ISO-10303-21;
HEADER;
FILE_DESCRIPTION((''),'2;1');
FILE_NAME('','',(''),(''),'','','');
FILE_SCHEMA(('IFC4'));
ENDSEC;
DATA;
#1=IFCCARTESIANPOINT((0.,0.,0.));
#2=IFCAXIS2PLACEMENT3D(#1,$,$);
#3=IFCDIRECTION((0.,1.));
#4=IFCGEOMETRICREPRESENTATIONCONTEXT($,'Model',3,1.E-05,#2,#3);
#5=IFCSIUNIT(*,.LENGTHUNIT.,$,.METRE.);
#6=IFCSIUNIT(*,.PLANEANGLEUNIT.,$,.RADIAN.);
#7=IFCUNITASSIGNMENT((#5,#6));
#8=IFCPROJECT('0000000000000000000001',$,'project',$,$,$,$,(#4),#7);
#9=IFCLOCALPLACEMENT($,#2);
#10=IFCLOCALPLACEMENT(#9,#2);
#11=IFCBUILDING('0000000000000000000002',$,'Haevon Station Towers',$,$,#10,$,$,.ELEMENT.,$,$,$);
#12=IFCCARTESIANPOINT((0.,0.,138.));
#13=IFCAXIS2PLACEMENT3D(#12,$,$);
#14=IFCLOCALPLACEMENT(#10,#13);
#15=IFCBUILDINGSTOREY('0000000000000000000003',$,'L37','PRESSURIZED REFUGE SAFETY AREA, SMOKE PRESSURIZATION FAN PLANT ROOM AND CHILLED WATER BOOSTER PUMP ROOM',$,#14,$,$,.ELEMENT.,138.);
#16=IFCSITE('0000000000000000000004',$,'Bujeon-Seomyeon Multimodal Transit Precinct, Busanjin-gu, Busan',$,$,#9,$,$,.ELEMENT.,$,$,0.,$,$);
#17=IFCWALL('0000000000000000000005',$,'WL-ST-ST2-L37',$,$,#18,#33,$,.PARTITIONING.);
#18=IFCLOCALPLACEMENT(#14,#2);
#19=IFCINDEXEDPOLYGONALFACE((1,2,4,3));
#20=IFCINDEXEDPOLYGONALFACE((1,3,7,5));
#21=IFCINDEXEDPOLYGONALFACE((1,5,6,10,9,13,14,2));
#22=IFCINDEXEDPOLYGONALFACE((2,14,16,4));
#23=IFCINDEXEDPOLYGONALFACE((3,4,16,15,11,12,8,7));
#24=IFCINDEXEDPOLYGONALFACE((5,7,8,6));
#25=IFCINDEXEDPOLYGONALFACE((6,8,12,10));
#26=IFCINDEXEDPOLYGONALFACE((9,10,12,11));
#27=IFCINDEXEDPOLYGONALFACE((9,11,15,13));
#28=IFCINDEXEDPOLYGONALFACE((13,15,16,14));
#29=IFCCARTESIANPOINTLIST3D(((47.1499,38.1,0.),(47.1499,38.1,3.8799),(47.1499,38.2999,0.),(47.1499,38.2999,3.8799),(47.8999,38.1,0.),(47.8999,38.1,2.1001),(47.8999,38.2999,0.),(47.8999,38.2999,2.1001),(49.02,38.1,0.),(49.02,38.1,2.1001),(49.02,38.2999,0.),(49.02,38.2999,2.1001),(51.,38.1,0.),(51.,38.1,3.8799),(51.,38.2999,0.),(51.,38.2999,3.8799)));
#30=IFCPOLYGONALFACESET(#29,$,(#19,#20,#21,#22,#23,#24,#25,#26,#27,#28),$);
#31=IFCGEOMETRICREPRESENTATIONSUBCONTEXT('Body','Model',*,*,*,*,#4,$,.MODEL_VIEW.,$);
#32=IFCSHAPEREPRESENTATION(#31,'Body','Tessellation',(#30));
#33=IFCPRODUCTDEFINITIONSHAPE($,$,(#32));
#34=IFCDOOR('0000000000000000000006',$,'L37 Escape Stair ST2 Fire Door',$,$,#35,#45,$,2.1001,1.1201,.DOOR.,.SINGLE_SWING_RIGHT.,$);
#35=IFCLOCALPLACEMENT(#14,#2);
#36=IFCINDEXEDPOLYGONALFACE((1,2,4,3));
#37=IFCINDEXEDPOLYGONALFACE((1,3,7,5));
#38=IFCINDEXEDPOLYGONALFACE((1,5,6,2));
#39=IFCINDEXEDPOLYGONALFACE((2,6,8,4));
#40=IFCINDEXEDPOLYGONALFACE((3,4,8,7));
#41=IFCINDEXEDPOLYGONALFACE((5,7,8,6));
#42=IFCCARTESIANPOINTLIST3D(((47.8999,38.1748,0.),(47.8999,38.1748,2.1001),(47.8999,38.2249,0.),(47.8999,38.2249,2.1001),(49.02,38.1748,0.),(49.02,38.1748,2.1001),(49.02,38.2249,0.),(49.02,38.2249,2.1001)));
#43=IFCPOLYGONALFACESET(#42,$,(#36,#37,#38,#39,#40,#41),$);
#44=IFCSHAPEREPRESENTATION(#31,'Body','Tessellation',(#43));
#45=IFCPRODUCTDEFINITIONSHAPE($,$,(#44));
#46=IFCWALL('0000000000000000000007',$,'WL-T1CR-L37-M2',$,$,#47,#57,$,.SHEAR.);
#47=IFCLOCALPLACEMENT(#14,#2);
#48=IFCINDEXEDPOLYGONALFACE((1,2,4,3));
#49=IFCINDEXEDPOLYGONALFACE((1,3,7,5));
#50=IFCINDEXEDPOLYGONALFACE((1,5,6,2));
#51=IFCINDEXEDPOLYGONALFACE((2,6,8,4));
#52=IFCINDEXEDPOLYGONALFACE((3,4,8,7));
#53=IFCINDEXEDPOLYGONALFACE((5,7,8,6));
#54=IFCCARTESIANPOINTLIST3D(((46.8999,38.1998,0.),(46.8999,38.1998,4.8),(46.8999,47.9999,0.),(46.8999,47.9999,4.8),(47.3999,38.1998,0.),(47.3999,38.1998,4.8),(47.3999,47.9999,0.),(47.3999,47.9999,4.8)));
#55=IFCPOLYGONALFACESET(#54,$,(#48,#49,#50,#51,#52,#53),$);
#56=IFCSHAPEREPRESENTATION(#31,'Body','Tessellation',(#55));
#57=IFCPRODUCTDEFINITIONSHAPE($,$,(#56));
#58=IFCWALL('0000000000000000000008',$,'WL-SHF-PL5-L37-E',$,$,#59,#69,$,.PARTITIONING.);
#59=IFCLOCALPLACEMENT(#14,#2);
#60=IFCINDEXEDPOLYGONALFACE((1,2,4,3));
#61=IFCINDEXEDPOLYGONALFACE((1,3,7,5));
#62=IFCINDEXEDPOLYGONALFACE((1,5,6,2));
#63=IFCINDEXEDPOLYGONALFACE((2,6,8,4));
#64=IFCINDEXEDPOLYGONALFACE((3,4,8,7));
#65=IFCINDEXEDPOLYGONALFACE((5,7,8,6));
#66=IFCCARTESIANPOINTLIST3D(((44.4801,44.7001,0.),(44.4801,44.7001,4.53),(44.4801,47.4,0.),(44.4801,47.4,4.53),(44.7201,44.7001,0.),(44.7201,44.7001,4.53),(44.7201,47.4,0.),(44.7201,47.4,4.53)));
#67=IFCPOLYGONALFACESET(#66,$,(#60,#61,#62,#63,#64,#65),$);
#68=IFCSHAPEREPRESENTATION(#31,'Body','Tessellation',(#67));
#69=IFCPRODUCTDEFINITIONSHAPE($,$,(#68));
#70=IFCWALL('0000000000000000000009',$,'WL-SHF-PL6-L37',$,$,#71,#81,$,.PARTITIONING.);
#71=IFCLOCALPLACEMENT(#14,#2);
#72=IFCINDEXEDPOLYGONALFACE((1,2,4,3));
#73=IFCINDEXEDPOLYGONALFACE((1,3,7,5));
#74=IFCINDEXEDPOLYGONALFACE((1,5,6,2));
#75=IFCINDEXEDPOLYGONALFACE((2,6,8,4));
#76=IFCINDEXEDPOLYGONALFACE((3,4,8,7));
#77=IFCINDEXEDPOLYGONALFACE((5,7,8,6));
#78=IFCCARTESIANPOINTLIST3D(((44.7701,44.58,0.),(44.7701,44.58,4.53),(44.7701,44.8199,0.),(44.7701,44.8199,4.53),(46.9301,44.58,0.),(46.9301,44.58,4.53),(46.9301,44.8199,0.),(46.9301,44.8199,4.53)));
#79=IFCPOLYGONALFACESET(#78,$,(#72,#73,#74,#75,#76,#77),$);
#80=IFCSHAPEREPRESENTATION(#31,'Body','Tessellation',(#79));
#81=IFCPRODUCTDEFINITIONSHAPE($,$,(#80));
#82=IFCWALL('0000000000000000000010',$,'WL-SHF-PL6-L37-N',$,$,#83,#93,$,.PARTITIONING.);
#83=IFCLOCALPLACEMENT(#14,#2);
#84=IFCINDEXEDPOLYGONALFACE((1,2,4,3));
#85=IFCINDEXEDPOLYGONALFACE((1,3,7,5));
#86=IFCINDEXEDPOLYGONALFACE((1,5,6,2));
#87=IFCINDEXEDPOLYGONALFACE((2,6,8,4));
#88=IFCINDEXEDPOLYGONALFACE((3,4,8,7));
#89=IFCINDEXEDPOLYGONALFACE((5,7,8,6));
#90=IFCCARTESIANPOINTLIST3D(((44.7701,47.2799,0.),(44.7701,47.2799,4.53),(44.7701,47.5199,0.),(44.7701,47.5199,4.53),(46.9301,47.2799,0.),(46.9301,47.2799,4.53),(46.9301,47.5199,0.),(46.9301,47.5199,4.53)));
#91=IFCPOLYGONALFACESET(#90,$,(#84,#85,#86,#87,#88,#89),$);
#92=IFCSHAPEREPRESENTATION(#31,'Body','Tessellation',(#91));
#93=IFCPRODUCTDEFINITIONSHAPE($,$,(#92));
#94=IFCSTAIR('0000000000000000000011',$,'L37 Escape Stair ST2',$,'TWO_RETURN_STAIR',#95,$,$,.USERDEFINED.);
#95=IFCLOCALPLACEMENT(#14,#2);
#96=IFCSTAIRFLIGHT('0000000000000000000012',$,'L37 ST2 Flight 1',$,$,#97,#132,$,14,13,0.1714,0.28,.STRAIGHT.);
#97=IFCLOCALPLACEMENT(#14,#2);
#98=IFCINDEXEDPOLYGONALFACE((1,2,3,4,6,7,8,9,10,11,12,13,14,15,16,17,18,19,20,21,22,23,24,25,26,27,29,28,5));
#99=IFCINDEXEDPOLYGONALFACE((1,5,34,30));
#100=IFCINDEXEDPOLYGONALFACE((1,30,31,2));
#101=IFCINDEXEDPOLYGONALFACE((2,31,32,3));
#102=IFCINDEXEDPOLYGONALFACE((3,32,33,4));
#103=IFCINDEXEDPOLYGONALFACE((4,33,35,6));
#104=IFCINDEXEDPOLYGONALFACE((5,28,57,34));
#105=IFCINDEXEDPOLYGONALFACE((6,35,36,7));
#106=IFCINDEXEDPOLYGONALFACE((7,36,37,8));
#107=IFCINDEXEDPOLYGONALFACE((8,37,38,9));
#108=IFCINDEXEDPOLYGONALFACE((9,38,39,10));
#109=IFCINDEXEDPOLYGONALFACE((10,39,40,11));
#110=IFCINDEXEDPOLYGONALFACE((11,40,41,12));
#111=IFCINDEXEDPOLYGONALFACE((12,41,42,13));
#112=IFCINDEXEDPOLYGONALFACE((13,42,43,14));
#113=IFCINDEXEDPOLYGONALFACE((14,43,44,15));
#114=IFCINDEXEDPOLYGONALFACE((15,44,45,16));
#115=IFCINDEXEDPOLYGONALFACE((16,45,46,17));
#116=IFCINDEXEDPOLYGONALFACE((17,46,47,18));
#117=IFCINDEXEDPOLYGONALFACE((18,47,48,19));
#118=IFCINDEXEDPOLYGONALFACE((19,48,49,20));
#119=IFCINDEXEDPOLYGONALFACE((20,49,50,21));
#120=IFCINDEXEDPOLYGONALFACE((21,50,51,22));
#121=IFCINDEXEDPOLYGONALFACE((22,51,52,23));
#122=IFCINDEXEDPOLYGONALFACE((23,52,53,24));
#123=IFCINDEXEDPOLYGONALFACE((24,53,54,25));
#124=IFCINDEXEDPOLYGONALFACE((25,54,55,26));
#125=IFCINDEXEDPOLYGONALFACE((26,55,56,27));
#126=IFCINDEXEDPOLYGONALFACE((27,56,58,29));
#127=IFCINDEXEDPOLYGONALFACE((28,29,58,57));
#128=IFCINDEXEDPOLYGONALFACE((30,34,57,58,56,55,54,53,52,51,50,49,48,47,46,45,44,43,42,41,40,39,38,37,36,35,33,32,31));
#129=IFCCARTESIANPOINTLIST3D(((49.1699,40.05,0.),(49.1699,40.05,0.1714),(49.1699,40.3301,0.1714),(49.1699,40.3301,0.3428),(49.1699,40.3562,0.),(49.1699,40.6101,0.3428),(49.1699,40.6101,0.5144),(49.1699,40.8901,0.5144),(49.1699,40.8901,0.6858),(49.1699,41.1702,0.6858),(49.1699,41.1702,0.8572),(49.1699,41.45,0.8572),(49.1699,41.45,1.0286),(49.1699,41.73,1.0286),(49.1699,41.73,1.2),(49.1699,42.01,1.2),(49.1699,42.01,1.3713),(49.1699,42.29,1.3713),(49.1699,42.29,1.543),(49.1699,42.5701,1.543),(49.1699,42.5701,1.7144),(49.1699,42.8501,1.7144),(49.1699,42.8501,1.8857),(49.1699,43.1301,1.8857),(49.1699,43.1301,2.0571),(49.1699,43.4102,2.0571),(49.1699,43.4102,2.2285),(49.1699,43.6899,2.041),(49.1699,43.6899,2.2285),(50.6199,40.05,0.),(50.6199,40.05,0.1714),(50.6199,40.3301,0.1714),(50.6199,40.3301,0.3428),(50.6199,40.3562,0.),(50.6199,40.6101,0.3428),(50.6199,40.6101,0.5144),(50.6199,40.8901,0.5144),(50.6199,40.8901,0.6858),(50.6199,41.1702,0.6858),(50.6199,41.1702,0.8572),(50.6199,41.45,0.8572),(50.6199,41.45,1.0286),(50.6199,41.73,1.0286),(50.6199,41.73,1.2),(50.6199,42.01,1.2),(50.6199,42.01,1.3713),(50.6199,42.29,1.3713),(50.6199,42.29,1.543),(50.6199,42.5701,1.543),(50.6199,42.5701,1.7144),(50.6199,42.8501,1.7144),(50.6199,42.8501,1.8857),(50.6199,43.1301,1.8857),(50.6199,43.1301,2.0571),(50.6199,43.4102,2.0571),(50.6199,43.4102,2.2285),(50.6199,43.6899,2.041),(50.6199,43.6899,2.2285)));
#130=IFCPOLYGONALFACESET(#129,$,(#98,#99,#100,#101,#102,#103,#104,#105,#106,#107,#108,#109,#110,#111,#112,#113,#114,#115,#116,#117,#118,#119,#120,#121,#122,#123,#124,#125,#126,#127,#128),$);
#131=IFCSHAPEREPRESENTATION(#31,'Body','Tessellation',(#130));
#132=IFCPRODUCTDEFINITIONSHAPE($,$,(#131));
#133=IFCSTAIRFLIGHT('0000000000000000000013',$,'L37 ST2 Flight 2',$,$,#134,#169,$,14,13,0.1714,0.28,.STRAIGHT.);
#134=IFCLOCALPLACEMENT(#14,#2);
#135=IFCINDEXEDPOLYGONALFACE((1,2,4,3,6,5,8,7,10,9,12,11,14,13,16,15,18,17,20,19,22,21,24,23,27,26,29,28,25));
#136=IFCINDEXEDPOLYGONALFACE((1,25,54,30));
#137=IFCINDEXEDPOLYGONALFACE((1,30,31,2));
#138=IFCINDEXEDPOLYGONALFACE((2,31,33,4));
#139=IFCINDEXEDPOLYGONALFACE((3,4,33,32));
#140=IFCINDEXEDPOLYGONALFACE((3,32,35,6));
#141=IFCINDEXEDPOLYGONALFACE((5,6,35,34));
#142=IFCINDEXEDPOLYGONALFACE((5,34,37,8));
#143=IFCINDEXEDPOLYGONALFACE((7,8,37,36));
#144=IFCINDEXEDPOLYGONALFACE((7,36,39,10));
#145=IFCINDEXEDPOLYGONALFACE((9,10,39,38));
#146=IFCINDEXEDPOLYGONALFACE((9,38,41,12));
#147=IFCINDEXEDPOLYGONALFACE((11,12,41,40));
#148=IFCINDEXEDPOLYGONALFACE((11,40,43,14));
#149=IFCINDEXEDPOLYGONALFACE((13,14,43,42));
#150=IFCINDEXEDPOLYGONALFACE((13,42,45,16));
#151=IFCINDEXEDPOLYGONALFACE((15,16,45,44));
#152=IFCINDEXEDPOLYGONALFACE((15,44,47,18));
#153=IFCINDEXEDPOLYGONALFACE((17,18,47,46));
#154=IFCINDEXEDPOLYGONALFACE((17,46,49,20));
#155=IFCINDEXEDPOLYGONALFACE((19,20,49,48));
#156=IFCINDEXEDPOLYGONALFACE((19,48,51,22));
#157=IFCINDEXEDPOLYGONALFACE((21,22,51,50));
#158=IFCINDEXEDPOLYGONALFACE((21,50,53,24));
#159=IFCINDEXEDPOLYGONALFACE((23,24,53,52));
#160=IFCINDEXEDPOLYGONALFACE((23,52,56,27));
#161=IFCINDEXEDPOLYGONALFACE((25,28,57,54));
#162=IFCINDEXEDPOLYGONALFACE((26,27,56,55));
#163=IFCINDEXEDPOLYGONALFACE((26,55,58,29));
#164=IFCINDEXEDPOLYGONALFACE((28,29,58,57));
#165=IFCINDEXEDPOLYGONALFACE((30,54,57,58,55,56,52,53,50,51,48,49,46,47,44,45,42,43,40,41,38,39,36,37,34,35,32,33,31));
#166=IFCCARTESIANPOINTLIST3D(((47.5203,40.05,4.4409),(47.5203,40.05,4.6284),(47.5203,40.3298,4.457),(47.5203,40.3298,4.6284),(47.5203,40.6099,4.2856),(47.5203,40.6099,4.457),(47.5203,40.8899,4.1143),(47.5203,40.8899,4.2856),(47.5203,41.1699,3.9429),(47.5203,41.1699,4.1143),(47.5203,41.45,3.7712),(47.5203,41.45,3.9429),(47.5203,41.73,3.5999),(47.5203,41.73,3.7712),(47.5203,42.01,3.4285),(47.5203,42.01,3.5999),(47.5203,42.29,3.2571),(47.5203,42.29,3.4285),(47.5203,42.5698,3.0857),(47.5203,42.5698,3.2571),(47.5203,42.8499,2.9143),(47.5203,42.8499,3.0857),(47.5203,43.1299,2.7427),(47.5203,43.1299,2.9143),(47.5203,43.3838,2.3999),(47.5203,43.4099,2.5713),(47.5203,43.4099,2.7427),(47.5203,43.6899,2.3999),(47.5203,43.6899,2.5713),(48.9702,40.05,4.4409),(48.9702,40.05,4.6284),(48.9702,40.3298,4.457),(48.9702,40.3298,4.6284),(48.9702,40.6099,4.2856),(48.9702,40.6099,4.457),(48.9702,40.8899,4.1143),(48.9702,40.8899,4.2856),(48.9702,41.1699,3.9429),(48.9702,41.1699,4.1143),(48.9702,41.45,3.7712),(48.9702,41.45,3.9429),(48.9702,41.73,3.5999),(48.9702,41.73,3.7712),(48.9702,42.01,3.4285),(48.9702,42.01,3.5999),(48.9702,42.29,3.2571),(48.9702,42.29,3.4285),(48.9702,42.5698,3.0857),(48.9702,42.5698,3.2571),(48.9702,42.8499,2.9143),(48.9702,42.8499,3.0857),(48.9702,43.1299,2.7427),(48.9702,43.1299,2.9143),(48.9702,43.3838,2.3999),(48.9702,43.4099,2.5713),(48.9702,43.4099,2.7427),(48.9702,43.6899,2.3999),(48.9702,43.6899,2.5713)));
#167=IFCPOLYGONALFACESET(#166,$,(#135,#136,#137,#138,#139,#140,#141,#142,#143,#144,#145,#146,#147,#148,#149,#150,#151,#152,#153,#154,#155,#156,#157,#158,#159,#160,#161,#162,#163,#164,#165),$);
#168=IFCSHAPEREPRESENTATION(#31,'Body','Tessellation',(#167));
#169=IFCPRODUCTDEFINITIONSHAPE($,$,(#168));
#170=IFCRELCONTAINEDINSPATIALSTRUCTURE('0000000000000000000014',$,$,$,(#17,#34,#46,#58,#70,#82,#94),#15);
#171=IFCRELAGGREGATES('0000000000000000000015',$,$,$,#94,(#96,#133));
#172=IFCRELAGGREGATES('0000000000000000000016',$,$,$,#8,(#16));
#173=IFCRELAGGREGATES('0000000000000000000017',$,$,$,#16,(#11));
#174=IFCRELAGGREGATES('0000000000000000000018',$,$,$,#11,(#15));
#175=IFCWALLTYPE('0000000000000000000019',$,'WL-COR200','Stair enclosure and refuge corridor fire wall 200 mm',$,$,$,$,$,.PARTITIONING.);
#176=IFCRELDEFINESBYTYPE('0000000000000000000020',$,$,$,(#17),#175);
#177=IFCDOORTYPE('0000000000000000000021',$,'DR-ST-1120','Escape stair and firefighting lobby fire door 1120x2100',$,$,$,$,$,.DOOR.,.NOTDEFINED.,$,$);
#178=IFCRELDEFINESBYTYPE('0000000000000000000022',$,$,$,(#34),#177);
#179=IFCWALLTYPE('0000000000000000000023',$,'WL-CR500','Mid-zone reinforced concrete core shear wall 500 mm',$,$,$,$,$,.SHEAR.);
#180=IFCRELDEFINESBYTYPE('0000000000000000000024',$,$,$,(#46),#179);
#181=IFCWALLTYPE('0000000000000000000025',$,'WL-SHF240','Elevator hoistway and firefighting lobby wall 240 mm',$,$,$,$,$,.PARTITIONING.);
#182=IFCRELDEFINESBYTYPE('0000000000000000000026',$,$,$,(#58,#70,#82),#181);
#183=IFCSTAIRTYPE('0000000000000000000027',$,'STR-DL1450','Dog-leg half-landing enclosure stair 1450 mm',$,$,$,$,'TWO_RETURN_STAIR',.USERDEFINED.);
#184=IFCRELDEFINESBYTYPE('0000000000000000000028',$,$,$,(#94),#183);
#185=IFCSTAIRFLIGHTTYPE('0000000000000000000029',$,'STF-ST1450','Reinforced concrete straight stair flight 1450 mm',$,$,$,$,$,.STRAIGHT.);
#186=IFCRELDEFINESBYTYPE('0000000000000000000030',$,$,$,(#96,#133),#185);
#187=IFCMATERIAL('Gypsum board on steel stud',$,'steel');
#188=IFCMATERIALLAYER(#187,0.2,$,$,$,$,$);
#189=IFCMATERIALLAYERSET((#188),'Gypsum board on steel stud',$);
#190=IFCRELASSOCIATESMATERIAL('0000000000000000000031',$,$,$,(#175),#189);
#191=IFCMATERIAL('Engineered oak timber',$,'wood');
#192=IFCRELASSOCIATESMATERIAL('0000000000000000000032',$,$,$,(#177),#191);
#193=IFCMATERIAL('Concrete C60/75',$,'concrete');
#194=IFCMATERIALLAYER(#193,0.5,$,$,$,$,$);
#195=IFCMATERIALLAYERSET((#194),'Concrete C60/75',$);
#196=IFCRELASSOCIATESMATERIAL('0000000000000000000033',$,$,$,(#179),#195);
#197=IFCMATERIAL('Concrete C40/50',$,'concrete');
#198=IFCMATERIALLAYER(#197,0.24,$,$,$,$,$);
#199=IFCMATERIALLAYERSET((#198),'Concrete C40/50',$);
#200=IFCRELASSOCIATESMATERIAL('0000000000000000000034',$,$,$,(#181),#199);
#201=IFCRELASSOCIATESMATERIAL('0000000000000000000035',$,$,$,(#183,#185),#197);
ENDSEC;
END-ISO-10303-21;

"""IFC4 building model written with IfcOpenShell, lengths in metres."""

from ifc_helpers import new_model, si_unit, direction, frame, frame_2d, origin, place, context, subcontext, project, spatial, polyline, rectangle, outline, extrude, material, layer, layer_set, type_object, element, fill, aggregate, save


model = new_model("IFC4")

# Units and contexts
model_context = context("Model", 3, precision=1e-05, world=origin(), true_north=direction((0.0, 1.0)))
body_context = subcontext(model_context, "Body", "Model", "MODEL_VIEW")
ifc_project = project(units=[si_unit("LENGTHUNIT", "METRE"), si_unit("PLANEANGLEUNIT", "RADIAN")], contexts=[model_context])

# Site, building, storey
site_placement = place(None, origin())
site = spatial("IfcSite", under=ifc_project, at=site_placement, Name="Bujeon-Seomyeon Multimodal Transit Precinct, Busanjin-gu, Busan", CompositionType="ELEMENT", RefElevation=0.0)
building_placement = place(site_placement, origin())
building = spatial("IfcBuilding", under=site, at=building_placement, Name="Haevon Station Towers", CompositionType="ELEMENT")
storey_placement = place(building_placement, frame((0.0, 0.0, 138.0)))
storey = spatial("IfcBuildingStorey", under=building, at=storey_placement, Name="L37", Description="PRESSURIZED REFUGE SAFETY AREA, SMOKE PRESSURIZATION FAN PLANT ROOM AND CHILLED WATER BOOSTER PUMP ROOM", CompositionType="ELEMENT", Elevation=138.0)

# Wall, opening, door
ifc_material_1 = material(Name="Gypsum board on steel stud", Category="steel")
ifc_layer_1 = layer(ifc_material_1, 0.2)
ifc_layer_set_1 = layer_set([ifc_layer_1], Name="Gypsum board on steel stud")
wall_type_1 = type_object("IfcWallType", Name="WL-COR200", Description="Stair enclosure and refuge corridor fire wall 200 mm", PredefinedType="PARTITIONING", material=ifc_layer_set_1)
wall_1_placement = place(storey_placement, frame((47.1499, 38.2, 0.0), z_axis=(0.0, 0.0, 1.0), x_axis=(1.0, 0.0, 0.0)))
wall_1 = element("IfcWall", 1, at=wall_1_placement, inside=storey, type_object=wall_type_1, Name="WL-ST-ST2-L37", PredefinedType="PARTITIONING", context=body_context, shape_type="SweptSolid", body=[
    extrude(rectangle(XDim=3.8501, YDim=0.2, at=frame_2d((1.925, 0.0))), origin(), (0.0, 0.0, 1.0), 3.8799),
])
opening_placement = place(wall_1_placement, frame((0.75, 0.0, 0.0)))
opening = element("IfcOpeningElement", 2, at=opening_placement, cuts=wall_1, PredefinedType="OPENING", context=body_context, shape_type="SweptSolid", body=[
    extrude(rectangle(XDim=1.1201, YDim=2.1001, at=frame_2d((0.5601, 1.05))), frame((0.0, 0.1099, 0.0), z_axis=(0.0, -1.0, 0.0), x_axis=(1.0, 0.0, 0.0)), (0.0, 0.0, 1.0), 0.22),
])
ifc_material_2 = material(Name="Engineered oak timber", Category="wood")
door_type = type_object("IfcDoorType", Name="DR-ST-1120", Description="Escape stair and firefighting lobby fire door 1120x2100", OperationType="NOTDEFINED", PredefinedType="DOOR", material=ifc_material_2)
door_placement = place(opening_placement, origin())
door = element("IfcDoor", 3, at=door_placement, inside=storey, type_object=door_type, Name="L37 Escape Stair ST2 Fire Door", OperationType="SINGLE_SWING_RIGHT", OverallHeight=2.1001, OverallWidth=1.1201, PredefinedType="DOOR", context=body_context, shape_type="SweptSolid", body=[
    extrude(rectangle(XDim=1.1201, YDim=2.1001, at=frame_2d((0.5601, 1.05))), frame((0.0, 0.0249, 0.0), z_axis=(0.0, -1.0, 0.0), x_axis=(1.0, 0.0, 0.0)), (0.0, 0.0, 1.0), 0.05),
])
fill(opening, door)

# Walls
ifc_material_3 = material(Name="Concrete C60/75", Category="concrete")
ifc_layer_2 = layer(ifc_material_3, 0.5)
ifc_layer_set_2 = layer_set([ifc_layer_2], Name="Concrete C60/75")
wall_type_2 = type_object("IfcWallType", Name="WL-CR500", Description="Mid-zone reinforced concrete core shear wall 500 mm", PredefinedType="SHEAR", material=ifc_layer_set_2)
wall_2_placement = place(storey_placement, frame((47.1499, 38.2, 0.0), z_axis=(0.0, 0.0, 1.0), x_axis=(0.0, 1.0, 0.0)))
element("IfcWall", 4, at=wall_2_placement, inside=storey, type_object=wall_type_2, Name="WL-T1CR-L37-M2", PredefinedType="SHEAR", context=body_context, shape_type="SweptSolid", body=[
    extrude(rectangle(XDim=9.8, YDim=0.5, at=frame_2d((4.8999, 0.0))), origin(), (0.0, 0.0, 1.0), 4.8),
])
ifc_material_4 = material(Name="Concrete C40/50", Category="concrete")
ifc_layer_3 = layer(ifc_material_4, 0.24)
ifc_layer_set_3 = layer_set([ifc_layer_3], Name="Concrete C40/50")
wall_type_3 = type_object("IfcWallType", Name="WL-SHF240", Description="Elevator hoistway and firefighting lobby wall 240 mm", PredefinedType="PARTITIONING", material=ifc_layer_set_3)
wall_3_placement = place(storey_placement, frame((44.6001, 44.7, 0.0), z_axis=(0.0, 0.0, 1.0), x_axis=(0.0, 1.0, 0.0)))
element("IfcWall", 5, at=wall_3_placement, inside=storey, type_object=wall_type_3, Name="WL-SHF-PL5-L37-E", PredefinedType="PARTITIONING", context=body_context, shape_type="SweptSolid", body=[
    extrude(rectangle(XDim=2.7, YDim=0.24, at=frame_2d((1.3501, 0.0))), origin(), (0.0, 0.0, 1.0), 4.53),
])
for number, where, z_axis, x_axis, name in (
    (6, (44.77, 44.7, 0.0), (0.0, 0.0, 1.0), (1.0, 0.0, 0.0), "WL-SHF-PL6-L37"),
    (7, (44.77, 47.3999, 0.0), (0.0, 0.0, 1.0), (1.0, 0.0, 0.0), "WL-SHF-PL6-L37-N"),
):
    element("IfcWall", number, at=place(storey_placement, frame(where, z_axis=z_axis, x_axis=x_axis)), inside=storey, type_object=wall_type_3, Name=name, PredefinedType="PARTITIONING", context=body_context, shape_type="SweptSolid", body=[
        extrude(rectangle(XDim=2.1599, YDim=0.24, at=frame_2d((1.0801, 0.0))), origin(), (0.0, 0.0, 1.0), 4.53),
    ])

# Stair, stair flights
stair_type = type_object("IfcStairType", Name="STR-DL1450", Description="Dog-leg half-landing enclosure stair 1450 mm", ElementType="TWO_RETURN_STAIR", PredefinedType="USERDEFINED", material=ifc_material_4)
stair_placement = place(storey_placement, origin())
stair = element("IfcStair", 8, at=stair_placement, inside=storey, type_object=stair_type, Name="L37 Escape Stair ST2", ObjectType="TWO_RETURN_STAIR", PredefinedType="USERDEFINED")
stair_flight_type = type_object("IfcStairFlightType", Name="STF-ST1450", Description="Reinforced concrete straight stair flight 1450 mm", PredefinedType="STRAIGHT", material=ifc_material_4)
stair_flight_1_placement = place(storey_placement, frame((49.895, 40.05, 0.0), z_axis=(0.0, 0.0, 1.0), x_axis=(0.0, 1.0, 0.0)))
stair_flight_1 = element("IfcStairFlight", 9, at=stair_flight_1_placement, type_object=stair_flight_type, Name="L37 ST2 Flight 1", NumberOfRisers=14, NumberOfTreads=13, PredefinedType="STRAIGHT", RiserHeight=0.1714, TreadLength=0.28, context=body_context, shape_type="SweptSolid", body=[
    extrude(outline(polyline([(0.0, 0.0), (0.0, 0.1714), (0.28, 0.1714), (0.28, 0.3428), (0.5601, 0.3428), (0.5601, 0.5144), (0.8401, 0.5144), (0.8401, 0.6858), (1.1201, 0.6858), (1.1201, 0.8572), (1.3999, 0.8572), (1.3999, 1.0286), (1.6799, 1.0286), (1.6799, 1.2), (1.96, 1.2), (1.96, 1.3713), (2.24, 1.3713), (2.24, 1.543), (2.52, 1.543), (2.52, 1.7144), (2.8, 1.7144), (2.8, 1.8857), (3.0801, 1.8857), (3.0801, 2.0571), (3.3601, 2.0571), (3.3601, 2.2285), (3.6399, 2.2285), (3.6399, 2.3999), (3.6399, 2.041), (0.3062, 0.0), (0.0, 0.0)])), frame((0.0, 0.7251, 0.0), z_axis=(0.0, -1.0, 0.0), x_axis=(1.0, 0.0, 0.0)), (0.0, 0.0, 1.0), 1.45),
])
stair_flight_2_placement = place(storey_placement, frame((48.2451, 43.6899, 2.3999), z_axis=(0.0, 0.0, 1.0), x_axis=(0.0, -1.0, 0.0)))
stair_flight_2 = element("IfcStairFlight", 10, at=stair_flight_2_placement, type_object=stair_flight_type, Name="L37 ST2 Flight 2", NumberOfRisers=14, NumberOfTreads=13, PredefinedType="STRAIGHT", RiserHeight=0.1714, TreadLength=0.28, context=body_context, shape_type="SweptSolid", body=[
    extrude(outline(polyline([(0.0, 0.0), (0.0, 0.1714), (0.28, 0.1714), (0.28, 0.3428), (0.5601, 0.3428), (0.5601, 0.5144), (0.8401, 0.5144), (0.8401, 0.6858), (1.1201, 0.6858), (1.1201, 0.8572), (1.3999, 0.8572), (1.3999, 1.0286), (1.6799, 1.0286), (1.6799, 1.2), (1.96, 1.2), (1.96, 1.3713), (2.24, 1.3713), (2.24, 1.543), (2.52, 1.543), (2.52, 1.7144), (2.8, 1.7144), (2.8, 1.8857), (3.0801, 1.8857), (3.0801, 2.0571), (3.3601, 2.0571), (3.3601, 2.2285), (3.6399, 2.2285), (3.6399, 2.3999), (3.6399, 2.041), (0.3062, 0.0), (0.0, 0.0)])), frame((0.0, 0.7251, 0.0), z_axis=(0.0, -1.0, 0.0), x_axis=(1.0, 0.0, 0.0)), (0.0, 0.0, 1.0), 1.45),
])
aggregate(stair, [stair_flight_1, stair_flight_2])

save(model, "model.ifc")
